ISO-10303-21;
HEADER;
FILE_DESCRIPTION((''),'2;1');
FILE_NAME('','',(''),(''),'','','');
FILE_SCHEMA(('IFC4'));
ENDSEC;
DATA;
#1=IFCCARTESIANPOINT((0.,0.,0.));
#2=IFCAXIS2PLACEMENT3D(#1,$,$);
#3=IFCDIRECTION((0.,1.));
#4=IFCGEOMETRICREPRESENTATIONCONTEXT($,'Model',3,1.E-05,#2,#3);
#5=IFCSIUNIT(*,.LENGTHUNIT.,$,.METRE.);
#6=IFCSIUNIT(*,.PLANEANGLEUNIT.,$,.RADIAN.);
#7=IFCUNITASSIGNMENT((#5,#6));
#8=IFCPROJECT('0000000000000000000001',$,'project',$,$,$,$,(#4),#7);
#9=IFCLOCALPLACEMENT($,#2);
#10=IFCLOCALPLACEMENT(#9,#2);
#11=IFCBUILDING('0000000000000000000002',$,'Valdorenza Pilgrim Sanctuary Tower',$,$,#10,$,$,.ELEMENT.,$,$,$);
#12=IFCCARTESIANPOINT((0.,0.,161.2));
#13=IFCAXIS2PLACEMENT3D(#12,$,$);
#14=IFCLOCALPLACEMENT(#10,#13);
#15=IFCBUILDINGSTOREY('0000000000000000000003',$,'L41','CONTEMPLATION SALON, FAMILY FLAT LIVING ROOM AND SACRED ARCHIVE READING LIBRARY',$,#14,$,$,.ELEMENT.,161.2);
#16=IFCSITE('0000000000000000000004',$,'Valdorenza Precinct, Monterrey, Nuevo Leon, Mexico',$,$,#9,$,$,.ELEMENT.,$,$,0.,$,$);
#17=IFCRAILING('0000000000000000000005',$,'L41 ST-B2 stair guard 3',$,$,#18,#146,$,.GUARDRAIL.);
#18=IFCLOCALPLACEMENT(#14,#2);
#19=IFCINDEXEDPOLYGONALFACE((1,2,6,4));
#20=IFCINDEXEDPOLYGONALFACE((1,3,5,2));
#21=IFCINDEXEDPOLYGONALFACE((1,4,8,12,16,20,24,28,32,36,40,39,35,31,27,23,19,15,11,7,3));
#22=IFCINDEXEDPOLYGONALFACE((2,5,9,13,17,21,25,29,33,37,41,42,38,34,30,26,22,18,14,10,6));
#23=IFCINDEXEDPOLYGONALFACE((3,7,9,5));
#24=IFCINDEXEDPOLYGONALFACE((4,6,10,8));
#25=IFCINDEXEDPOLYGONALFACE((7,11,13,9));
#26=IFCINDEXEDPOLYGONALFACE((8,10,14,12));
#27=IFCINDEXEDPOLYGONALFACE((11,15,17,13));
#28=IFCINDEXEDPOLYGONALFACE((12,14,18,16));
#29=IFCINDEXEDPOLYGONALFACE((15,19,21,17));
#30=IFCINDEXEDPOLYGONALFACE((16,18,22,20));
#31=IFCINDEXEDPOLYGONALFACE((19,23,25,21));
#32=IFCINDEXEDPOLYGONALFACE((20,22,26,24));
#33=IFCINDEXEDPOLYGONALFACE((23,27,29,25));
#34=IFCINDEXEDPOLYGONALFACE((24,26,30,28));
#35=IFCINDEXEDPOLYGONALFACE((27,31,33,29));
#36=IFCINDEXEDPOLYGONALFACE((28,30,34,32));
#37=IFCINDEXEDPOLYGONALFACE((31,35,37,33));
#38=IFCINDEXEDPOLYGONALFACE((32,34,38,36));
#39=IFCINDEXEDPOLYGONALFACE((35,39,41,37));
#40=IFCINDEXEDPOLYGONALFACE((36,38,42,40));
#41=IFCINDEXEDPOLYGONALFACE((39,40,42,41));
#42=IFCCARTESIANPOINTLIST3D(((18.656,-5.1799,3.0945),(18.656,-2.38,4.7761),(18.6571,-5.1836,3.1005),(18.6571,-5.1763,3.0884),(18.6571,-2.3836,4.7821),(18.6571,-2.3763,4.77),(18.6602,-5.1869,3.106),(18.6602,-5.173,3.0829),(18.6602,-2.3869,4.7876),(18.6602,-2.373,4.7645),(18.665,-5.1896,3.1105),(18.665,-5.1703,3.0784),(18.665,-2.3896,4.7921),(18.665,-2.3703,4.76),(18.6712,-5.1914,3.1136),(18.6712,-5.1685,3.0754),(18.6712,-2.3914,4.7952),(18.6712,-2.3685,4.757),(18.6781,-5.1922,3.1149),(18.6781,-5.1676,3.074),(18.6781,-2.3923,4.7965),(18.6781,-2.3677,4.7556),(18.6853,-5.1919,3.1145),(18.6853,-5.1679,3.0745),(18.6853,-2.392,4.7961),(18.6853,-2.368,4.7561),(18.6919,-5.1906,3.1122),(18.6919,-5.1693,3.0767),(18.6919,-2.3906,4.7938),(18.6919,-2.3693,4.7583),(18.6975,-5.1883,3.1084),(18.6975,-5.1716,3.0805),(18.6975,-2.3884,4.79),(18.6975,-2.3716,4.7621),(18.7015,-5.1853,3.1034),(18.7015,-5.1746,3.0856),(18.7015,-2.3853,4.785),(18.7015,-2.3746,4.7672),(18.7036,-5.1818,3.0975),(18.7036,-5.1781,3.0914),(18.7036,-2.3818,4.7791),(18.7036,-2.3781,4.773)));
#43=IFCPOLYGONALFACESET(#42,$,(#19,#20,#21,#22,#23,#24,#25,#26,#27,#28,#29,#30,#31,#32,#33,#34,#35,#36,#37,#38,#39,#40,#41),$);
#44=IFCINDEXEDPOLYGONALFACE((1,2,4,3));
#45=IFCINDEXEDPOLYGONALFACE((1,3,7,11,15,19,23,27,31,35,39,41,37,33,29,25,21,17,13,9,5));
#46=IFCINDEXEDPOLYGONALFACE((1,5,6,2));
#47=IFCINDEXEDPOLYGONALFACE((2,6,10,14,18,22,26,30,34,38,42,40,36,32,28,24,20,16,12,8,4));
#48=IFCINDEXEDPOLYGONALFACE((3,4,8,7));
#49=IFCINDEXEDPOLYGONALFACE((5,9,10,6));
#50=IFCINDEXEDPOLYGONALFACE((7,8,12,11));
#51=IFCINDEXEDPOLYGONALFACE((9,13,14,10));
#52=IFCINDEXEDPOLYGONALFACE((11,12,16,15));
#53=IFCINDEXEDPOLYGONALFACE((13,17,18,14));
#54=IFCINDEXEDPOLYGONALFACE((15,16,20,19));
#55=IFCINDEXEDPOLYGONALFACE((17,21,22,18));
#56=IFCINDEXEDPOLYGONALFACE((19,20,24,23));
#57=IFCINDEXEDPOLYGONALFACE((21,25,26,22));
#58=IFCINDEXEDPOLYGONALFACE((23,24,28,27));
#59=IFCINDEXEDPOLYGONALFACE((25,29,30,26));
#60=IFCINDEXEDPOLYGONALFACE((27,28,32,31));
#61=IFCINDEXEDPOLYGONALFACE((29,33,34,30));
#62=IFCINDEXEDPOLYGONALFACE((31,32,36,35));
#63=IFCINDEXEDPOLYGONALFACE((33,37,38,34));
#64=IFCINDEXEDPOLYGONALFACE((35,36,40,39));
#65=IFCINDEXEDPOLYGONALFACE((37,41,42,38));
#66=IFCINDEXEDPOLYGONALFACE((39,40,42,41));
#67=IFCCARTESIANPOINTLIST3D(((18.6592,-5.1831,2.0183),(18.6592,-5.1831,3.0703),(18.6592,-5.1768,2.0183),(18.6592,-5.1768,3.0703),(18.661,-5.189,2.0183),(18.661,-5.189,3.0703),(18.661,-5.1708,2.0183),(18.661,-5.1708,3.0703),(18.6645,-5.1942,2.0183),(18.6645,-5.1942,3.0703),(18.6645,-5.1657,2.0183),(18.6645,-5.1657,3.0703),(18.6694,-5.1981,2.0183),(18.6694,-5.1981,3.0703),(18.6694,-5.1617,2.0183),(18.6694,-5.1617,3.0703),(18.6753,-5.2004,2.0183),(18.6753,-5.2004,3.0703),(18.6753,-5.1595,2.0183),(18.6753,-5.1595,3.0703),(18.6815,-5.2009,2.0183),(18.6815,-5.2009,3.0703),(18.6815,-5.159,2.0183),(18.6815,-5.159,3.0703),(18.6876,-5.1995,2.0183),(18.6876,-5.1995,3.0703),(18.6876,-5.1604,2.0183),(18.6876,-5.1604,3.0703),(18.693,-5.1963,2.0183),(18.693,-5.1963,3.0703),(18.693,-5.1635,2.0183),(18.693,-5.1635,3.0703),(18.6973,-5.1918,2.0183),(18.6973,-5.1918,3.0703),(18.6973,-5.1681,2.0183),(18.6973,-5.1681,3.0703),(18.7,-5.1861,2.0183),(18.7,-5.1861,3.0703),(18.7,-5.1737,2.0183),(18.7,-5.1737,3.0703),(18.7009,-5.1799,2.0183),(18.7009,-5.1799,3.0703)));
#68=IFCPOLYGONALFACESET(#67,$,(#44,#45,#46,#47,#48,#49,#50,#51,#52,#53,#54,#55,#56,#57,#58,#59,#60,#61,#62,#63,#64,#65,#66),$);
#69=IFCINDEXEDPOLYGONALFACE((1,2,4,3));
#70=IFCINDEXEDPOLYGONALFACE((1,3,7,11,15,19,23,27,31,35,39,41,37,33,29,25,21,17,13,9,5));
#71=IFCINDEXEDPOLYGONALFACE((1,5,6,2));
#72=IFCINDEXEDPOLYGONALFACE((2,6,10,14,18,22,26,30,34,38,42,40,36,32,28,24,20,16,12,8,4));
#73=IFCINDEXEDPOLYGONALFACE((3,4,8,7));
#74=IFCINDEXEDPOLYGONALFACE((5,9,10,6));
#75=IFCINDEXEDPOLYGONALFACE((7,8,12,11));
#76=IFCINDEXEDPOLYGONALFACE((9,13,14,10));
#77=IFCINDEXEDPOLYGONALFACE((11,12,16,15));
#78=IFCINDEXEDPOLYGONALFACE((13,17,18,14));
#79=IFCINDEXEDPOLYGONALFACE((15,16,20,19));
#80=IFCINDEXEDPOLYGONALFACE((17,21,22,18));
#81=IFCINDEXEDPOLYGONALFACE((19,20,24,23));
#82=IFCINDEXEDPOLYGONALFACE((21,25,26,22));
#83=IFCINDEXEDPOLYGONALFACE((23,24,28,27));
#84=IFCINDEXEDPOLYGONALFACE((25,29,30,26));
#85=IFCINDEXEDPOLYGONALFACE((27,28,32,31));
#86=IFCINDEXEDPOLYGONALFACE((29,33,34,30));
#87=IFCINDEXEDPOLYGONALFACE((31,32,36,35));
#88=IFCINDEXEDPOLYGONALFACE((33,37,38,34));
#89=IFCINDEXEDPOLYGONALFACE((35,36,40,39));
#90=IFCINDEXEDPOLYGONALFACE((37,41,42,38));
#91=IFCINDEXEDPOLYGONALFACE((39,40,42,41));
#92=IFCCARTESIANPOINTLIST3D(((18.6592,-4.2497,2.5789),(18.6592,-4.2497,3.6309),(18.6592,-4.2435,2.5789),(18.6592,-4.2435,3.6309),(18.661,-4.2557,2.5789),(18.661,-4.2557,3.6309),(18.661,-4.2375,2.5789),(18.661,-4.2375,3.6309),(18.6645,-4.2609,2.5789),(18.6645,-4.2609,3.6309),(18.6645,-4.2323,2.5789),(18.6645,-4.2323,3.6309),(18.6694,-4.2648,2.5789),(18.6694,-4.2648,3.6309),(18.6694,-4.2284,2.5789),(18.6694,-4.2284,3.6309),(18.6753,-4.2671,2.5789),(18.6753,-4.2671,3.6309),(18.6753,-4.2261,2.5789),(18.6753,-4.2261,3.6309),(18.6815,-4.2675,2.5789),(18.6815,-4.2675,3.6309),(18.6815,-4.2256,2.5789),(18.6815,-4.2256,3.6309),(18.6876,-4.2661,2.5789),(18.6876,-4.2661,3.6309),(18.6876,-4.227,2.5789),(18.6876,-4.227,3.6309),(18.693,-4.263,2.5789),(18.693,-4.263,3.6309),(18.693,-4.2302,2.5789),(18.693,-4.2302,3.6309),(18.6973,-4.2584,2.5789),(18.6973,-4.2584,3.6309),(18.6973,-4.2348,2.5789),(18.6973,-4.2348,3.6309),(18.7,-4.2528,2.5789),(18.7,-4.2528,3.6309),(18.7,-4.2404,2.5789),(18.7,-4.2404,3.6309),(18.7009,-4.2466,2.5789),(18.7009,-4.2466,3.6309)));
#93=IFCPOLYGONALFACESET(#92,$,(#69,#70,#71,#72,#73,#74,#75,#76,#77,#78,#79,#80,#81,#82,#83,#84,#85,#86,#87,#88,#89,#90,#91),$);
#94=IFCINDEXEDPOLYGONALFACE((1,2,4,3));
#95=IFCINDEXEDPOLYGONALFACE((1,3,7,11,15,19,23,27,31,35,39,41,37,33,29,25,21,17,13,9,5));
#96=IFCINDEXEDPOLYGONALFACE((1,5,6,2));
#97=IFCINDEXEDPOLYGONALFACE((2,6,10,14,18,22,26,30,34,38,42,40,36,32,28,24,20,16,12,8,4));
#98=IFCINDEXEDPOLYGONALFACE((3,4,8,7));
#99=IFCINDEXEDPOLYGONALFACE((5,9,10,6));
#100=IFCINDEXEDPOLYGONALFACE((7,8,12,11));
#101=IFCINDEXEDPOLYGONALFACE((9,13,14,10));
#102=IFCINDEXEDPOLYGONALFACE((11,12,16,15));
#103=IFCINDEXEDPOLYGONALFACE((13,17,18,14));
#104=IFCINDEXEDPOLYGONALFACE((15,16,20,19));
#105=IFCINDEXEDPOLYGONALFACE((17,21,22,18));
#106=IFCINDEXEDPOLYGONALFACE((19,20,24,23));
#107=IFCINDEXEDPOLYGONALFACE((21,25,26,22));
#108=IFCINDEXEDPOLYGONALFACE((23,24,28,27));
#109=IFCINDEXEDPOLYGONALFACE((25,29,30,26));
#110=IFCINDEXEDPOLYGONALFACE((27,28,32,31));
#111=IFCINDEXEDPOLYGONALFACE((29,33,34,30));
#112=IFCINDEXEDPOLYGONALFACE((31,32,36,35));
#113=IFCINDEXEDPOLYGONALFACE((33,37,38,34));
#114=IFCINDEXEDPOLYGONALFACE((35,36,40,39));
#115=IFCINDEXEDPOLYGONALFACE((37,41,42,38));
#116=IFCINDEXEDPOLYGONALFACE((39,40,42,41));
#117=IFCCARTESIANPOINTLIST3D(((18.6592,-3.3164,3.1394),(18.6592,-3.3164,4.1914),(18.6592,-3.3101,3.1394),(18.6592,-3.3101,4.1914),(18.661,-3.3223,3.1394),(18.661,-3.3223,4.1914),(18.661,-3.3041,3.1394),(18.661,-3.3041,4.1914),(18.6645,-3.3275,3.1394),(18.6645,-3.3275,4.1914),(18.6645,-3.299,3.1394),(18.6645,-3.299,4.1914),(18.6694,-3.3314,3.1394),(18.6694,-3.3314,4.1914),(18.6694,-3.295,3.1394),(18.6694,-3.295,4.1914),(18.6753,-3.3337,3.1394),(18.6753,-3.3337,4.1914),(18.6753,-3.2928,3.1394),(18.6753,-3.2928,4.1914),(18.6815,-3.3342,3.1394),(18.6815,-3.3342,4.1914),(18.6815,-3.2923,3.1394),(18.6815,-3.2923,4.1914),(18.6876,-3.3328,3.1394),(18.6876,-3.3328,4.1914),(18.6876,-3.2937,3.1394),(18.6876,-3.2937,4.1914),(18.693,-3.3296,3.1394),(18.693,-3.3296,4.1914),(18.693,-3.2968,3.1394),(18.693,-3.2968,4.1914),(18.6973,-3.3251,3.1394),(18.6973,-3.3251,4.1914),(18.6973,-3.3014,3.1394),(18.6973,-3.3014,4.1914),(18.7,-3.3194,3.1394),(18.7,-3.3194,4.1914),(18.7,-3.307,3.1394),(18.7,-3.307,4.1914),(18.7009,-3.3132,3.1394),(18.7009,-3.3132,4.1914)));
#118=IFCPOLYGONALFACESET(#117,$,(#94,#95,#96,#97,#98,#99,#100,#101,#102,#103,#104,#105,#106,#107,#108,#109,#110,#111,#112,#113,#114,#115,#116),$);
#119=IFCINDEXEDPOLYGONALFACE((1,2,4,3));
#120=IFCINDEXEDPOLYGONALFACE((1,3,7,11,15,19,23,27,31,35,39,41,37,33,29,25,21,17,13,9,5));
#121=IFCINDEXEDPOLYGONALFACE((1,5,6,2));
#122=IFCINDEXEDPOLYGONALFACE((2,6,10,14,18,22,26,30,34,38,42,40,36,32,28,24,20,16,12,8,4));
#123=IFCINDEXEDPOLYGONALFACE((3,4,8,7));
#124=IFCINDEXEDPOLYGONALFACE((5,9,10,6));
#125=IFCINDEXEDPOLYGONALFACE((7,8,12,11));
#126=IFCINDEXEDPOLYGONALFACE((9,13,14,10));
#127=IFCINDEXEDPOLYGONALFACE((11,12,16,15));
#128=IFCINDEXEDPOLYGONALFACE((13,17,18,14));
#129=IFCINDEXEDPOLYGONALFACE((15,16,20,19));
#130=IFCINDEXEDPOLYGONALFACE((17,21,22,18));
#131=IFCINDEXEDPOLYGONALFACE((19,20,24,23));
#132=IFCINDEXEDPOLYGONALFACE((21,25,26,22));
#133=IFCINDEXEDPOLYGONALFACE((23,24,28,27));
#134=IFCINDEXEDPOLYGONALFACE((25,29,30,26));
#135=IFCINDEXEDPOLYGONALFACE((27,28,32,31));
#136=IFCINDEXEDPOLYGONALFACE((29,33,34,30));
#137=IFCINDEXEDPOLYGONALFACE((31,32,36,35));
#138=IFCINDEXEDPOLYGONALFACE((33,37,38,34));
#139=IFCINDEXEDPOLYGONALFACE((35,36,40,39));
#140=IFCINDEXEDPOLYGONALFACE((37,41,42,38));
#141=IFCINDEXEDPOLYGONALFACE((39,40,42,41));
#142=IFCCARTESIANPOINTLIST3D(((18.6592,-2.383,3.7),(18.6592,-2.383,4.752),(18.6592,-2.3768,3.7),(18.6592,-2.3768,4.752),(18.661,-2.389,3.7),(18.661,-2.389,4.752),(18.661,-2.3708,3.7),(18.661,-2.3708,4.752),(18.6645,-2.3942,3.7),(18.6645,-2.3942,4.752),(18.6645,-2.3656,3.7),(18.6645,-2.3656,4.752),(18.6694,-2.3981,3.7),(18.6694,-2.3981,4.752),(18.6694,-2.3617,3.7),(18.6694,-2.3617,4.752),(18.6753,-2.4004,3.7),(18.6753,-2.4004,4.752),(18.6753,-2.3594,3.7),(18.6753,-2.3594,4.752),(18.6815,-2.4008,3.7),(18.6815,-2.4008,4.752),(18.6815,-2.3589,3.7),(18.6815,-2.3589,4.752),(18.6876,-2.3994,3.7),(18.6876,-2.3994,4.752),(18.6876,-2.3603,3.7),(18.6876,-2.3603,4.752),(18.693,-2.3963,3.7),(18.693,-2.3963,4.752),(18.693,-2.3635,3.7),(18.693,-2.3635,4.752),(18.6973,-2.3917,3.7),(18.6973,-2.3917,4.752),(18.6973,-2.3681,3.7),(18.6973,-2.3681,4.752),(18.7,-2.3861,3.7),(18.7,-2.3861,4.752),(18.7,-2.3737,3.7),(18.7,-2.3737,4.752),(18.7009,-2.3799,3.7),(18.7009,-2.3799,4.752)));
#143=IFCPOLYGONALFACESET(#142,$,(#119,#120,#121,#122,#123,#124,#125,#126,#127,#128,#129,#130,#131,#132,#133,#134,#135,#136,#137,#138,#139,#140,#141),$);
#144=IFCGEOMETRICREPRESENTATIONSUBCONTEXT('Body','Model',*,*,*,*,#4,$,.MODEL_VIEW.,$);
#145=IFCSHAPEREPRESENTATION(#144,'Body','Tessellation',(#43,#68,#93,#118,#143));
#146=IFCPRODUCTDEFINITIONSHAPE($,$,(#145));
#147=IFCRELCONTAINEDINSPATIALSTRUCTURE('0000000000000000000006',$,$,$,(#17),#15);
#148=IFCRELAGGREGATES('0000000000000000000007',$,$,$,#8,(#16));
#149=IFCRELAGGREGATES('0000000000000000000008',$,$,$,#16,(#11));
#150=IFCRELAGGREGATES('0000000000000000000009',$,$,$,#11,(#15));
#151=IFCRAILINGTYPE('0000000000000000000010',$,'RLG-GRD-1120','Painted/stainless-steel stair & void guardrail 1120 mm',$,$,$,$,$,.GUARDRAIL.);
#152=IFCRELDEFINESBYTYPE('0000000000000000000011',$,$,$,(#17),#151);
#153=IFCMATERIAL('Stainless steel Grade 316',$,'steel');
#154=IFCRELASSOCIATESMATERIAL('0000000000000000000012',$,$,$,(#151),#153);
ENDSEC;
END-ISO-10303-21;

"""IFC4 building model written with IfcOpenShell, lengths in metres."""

from ifc_helpers import new_model, si_unit, direction, frame, origin, origin_2d, place, context, subcontext, project, spatial, circle, extrude, material, type_object, element, save


model = new_model("IFC4")

# Units and contexts
model_context = context("Model", 3, precision=1e-05, world=origin(), true_north=direction((0.0, 1.0)))
body_context = subcontext(model_context, "Body", "Model", "MODEL_VIEW")
ifc_project = project(units=[si_unit("LENGTHUNIT", "METRE"), si_unit("PLANEANGLEUNIT", "RADIAN")], contexts=[model_context])

# Site, building, storey
site_placement = place(None, origin())
site = spatial("IfcSite", under=ifc_project, at=site_placement, Name="Valdorenza Precinct, Monterrey, Nuevo Leon, Mexico", CompositionType="ELEMENT", RefElevation=0.0)
building_placement = place(site_placement, origin())
building = spatial("IfcBuilding", under=site, at=building_placement, Name="Valdorenza Pilgrim Sanctuary Tower", CompositionType="ELEMENT")
storey_placement = place(building_placement, frame((0.0, 0.0, 161.2)))
storey = spatial("IfcBuildingStorey", under=building, at=storey_placement, Name="L41", Description="CONTEMPLATION SALON, FAMILY FLAT LIVING ROOM AND SACRED ARCHIVE READING LIBRARY", CompositionType="ELEMENT", Elevation=161.2)

# Railing
ifc_material_1 = material(Name="Stainless steel Grade 316", Category="steel")
railing_type_1 = type_object("IfcRailingType", Name="RLG-GRD-1120", Description="Painted/stainless-steel stair & void guardrail 1120 mm", PredefinedType="GUARDRAIL", material=ifc_material_1)
railing_1_placement = place(storey_placement, frame((18.6799, -5.1799, 2.0183)))
element("IfcRailing", 1, at=railing_1_placement, inside=storey, type_object=railing_type_1, Name="L41 ST-B2 stair guard 3", PredefinedType="GUARDRAIL", context=body_context, shape_type="SweptSolid", body=[
    extrude(circle(Radius=0.0239, at=origin_2d()), frame((0.0, 0.0, 1.0762), z_axis=(0.0, 0.857275, 0.514858), x_axis=(-1.0, 0.0, 0.0)), (0.0, 0.0, 1.0), 3.2661),
    extrude(circle(Radius=0.021, at=origin_2d()), origin(), (0.0, 0.0, 1.0), 1.052),
    extrude(circle(Radius=0.021, at=origin_2d()), frame((0.0, 0.9333, 0.5605)), (0.0, 0.0, 1.0), 1.052),
    extrude(circle(Radius=0.021, at=origin_2d()), frame((0.0, 1.8667, 1.1211)), (0.0, 0.0, 1.0), 1.052),
    extrude(circle(Radius=0.021, at=origin_2d()), frame((0.0, 2.8, 1.6816)), (0.0, 0.0, 1.0), 1.052),
])

save(model, "model.ifc")
